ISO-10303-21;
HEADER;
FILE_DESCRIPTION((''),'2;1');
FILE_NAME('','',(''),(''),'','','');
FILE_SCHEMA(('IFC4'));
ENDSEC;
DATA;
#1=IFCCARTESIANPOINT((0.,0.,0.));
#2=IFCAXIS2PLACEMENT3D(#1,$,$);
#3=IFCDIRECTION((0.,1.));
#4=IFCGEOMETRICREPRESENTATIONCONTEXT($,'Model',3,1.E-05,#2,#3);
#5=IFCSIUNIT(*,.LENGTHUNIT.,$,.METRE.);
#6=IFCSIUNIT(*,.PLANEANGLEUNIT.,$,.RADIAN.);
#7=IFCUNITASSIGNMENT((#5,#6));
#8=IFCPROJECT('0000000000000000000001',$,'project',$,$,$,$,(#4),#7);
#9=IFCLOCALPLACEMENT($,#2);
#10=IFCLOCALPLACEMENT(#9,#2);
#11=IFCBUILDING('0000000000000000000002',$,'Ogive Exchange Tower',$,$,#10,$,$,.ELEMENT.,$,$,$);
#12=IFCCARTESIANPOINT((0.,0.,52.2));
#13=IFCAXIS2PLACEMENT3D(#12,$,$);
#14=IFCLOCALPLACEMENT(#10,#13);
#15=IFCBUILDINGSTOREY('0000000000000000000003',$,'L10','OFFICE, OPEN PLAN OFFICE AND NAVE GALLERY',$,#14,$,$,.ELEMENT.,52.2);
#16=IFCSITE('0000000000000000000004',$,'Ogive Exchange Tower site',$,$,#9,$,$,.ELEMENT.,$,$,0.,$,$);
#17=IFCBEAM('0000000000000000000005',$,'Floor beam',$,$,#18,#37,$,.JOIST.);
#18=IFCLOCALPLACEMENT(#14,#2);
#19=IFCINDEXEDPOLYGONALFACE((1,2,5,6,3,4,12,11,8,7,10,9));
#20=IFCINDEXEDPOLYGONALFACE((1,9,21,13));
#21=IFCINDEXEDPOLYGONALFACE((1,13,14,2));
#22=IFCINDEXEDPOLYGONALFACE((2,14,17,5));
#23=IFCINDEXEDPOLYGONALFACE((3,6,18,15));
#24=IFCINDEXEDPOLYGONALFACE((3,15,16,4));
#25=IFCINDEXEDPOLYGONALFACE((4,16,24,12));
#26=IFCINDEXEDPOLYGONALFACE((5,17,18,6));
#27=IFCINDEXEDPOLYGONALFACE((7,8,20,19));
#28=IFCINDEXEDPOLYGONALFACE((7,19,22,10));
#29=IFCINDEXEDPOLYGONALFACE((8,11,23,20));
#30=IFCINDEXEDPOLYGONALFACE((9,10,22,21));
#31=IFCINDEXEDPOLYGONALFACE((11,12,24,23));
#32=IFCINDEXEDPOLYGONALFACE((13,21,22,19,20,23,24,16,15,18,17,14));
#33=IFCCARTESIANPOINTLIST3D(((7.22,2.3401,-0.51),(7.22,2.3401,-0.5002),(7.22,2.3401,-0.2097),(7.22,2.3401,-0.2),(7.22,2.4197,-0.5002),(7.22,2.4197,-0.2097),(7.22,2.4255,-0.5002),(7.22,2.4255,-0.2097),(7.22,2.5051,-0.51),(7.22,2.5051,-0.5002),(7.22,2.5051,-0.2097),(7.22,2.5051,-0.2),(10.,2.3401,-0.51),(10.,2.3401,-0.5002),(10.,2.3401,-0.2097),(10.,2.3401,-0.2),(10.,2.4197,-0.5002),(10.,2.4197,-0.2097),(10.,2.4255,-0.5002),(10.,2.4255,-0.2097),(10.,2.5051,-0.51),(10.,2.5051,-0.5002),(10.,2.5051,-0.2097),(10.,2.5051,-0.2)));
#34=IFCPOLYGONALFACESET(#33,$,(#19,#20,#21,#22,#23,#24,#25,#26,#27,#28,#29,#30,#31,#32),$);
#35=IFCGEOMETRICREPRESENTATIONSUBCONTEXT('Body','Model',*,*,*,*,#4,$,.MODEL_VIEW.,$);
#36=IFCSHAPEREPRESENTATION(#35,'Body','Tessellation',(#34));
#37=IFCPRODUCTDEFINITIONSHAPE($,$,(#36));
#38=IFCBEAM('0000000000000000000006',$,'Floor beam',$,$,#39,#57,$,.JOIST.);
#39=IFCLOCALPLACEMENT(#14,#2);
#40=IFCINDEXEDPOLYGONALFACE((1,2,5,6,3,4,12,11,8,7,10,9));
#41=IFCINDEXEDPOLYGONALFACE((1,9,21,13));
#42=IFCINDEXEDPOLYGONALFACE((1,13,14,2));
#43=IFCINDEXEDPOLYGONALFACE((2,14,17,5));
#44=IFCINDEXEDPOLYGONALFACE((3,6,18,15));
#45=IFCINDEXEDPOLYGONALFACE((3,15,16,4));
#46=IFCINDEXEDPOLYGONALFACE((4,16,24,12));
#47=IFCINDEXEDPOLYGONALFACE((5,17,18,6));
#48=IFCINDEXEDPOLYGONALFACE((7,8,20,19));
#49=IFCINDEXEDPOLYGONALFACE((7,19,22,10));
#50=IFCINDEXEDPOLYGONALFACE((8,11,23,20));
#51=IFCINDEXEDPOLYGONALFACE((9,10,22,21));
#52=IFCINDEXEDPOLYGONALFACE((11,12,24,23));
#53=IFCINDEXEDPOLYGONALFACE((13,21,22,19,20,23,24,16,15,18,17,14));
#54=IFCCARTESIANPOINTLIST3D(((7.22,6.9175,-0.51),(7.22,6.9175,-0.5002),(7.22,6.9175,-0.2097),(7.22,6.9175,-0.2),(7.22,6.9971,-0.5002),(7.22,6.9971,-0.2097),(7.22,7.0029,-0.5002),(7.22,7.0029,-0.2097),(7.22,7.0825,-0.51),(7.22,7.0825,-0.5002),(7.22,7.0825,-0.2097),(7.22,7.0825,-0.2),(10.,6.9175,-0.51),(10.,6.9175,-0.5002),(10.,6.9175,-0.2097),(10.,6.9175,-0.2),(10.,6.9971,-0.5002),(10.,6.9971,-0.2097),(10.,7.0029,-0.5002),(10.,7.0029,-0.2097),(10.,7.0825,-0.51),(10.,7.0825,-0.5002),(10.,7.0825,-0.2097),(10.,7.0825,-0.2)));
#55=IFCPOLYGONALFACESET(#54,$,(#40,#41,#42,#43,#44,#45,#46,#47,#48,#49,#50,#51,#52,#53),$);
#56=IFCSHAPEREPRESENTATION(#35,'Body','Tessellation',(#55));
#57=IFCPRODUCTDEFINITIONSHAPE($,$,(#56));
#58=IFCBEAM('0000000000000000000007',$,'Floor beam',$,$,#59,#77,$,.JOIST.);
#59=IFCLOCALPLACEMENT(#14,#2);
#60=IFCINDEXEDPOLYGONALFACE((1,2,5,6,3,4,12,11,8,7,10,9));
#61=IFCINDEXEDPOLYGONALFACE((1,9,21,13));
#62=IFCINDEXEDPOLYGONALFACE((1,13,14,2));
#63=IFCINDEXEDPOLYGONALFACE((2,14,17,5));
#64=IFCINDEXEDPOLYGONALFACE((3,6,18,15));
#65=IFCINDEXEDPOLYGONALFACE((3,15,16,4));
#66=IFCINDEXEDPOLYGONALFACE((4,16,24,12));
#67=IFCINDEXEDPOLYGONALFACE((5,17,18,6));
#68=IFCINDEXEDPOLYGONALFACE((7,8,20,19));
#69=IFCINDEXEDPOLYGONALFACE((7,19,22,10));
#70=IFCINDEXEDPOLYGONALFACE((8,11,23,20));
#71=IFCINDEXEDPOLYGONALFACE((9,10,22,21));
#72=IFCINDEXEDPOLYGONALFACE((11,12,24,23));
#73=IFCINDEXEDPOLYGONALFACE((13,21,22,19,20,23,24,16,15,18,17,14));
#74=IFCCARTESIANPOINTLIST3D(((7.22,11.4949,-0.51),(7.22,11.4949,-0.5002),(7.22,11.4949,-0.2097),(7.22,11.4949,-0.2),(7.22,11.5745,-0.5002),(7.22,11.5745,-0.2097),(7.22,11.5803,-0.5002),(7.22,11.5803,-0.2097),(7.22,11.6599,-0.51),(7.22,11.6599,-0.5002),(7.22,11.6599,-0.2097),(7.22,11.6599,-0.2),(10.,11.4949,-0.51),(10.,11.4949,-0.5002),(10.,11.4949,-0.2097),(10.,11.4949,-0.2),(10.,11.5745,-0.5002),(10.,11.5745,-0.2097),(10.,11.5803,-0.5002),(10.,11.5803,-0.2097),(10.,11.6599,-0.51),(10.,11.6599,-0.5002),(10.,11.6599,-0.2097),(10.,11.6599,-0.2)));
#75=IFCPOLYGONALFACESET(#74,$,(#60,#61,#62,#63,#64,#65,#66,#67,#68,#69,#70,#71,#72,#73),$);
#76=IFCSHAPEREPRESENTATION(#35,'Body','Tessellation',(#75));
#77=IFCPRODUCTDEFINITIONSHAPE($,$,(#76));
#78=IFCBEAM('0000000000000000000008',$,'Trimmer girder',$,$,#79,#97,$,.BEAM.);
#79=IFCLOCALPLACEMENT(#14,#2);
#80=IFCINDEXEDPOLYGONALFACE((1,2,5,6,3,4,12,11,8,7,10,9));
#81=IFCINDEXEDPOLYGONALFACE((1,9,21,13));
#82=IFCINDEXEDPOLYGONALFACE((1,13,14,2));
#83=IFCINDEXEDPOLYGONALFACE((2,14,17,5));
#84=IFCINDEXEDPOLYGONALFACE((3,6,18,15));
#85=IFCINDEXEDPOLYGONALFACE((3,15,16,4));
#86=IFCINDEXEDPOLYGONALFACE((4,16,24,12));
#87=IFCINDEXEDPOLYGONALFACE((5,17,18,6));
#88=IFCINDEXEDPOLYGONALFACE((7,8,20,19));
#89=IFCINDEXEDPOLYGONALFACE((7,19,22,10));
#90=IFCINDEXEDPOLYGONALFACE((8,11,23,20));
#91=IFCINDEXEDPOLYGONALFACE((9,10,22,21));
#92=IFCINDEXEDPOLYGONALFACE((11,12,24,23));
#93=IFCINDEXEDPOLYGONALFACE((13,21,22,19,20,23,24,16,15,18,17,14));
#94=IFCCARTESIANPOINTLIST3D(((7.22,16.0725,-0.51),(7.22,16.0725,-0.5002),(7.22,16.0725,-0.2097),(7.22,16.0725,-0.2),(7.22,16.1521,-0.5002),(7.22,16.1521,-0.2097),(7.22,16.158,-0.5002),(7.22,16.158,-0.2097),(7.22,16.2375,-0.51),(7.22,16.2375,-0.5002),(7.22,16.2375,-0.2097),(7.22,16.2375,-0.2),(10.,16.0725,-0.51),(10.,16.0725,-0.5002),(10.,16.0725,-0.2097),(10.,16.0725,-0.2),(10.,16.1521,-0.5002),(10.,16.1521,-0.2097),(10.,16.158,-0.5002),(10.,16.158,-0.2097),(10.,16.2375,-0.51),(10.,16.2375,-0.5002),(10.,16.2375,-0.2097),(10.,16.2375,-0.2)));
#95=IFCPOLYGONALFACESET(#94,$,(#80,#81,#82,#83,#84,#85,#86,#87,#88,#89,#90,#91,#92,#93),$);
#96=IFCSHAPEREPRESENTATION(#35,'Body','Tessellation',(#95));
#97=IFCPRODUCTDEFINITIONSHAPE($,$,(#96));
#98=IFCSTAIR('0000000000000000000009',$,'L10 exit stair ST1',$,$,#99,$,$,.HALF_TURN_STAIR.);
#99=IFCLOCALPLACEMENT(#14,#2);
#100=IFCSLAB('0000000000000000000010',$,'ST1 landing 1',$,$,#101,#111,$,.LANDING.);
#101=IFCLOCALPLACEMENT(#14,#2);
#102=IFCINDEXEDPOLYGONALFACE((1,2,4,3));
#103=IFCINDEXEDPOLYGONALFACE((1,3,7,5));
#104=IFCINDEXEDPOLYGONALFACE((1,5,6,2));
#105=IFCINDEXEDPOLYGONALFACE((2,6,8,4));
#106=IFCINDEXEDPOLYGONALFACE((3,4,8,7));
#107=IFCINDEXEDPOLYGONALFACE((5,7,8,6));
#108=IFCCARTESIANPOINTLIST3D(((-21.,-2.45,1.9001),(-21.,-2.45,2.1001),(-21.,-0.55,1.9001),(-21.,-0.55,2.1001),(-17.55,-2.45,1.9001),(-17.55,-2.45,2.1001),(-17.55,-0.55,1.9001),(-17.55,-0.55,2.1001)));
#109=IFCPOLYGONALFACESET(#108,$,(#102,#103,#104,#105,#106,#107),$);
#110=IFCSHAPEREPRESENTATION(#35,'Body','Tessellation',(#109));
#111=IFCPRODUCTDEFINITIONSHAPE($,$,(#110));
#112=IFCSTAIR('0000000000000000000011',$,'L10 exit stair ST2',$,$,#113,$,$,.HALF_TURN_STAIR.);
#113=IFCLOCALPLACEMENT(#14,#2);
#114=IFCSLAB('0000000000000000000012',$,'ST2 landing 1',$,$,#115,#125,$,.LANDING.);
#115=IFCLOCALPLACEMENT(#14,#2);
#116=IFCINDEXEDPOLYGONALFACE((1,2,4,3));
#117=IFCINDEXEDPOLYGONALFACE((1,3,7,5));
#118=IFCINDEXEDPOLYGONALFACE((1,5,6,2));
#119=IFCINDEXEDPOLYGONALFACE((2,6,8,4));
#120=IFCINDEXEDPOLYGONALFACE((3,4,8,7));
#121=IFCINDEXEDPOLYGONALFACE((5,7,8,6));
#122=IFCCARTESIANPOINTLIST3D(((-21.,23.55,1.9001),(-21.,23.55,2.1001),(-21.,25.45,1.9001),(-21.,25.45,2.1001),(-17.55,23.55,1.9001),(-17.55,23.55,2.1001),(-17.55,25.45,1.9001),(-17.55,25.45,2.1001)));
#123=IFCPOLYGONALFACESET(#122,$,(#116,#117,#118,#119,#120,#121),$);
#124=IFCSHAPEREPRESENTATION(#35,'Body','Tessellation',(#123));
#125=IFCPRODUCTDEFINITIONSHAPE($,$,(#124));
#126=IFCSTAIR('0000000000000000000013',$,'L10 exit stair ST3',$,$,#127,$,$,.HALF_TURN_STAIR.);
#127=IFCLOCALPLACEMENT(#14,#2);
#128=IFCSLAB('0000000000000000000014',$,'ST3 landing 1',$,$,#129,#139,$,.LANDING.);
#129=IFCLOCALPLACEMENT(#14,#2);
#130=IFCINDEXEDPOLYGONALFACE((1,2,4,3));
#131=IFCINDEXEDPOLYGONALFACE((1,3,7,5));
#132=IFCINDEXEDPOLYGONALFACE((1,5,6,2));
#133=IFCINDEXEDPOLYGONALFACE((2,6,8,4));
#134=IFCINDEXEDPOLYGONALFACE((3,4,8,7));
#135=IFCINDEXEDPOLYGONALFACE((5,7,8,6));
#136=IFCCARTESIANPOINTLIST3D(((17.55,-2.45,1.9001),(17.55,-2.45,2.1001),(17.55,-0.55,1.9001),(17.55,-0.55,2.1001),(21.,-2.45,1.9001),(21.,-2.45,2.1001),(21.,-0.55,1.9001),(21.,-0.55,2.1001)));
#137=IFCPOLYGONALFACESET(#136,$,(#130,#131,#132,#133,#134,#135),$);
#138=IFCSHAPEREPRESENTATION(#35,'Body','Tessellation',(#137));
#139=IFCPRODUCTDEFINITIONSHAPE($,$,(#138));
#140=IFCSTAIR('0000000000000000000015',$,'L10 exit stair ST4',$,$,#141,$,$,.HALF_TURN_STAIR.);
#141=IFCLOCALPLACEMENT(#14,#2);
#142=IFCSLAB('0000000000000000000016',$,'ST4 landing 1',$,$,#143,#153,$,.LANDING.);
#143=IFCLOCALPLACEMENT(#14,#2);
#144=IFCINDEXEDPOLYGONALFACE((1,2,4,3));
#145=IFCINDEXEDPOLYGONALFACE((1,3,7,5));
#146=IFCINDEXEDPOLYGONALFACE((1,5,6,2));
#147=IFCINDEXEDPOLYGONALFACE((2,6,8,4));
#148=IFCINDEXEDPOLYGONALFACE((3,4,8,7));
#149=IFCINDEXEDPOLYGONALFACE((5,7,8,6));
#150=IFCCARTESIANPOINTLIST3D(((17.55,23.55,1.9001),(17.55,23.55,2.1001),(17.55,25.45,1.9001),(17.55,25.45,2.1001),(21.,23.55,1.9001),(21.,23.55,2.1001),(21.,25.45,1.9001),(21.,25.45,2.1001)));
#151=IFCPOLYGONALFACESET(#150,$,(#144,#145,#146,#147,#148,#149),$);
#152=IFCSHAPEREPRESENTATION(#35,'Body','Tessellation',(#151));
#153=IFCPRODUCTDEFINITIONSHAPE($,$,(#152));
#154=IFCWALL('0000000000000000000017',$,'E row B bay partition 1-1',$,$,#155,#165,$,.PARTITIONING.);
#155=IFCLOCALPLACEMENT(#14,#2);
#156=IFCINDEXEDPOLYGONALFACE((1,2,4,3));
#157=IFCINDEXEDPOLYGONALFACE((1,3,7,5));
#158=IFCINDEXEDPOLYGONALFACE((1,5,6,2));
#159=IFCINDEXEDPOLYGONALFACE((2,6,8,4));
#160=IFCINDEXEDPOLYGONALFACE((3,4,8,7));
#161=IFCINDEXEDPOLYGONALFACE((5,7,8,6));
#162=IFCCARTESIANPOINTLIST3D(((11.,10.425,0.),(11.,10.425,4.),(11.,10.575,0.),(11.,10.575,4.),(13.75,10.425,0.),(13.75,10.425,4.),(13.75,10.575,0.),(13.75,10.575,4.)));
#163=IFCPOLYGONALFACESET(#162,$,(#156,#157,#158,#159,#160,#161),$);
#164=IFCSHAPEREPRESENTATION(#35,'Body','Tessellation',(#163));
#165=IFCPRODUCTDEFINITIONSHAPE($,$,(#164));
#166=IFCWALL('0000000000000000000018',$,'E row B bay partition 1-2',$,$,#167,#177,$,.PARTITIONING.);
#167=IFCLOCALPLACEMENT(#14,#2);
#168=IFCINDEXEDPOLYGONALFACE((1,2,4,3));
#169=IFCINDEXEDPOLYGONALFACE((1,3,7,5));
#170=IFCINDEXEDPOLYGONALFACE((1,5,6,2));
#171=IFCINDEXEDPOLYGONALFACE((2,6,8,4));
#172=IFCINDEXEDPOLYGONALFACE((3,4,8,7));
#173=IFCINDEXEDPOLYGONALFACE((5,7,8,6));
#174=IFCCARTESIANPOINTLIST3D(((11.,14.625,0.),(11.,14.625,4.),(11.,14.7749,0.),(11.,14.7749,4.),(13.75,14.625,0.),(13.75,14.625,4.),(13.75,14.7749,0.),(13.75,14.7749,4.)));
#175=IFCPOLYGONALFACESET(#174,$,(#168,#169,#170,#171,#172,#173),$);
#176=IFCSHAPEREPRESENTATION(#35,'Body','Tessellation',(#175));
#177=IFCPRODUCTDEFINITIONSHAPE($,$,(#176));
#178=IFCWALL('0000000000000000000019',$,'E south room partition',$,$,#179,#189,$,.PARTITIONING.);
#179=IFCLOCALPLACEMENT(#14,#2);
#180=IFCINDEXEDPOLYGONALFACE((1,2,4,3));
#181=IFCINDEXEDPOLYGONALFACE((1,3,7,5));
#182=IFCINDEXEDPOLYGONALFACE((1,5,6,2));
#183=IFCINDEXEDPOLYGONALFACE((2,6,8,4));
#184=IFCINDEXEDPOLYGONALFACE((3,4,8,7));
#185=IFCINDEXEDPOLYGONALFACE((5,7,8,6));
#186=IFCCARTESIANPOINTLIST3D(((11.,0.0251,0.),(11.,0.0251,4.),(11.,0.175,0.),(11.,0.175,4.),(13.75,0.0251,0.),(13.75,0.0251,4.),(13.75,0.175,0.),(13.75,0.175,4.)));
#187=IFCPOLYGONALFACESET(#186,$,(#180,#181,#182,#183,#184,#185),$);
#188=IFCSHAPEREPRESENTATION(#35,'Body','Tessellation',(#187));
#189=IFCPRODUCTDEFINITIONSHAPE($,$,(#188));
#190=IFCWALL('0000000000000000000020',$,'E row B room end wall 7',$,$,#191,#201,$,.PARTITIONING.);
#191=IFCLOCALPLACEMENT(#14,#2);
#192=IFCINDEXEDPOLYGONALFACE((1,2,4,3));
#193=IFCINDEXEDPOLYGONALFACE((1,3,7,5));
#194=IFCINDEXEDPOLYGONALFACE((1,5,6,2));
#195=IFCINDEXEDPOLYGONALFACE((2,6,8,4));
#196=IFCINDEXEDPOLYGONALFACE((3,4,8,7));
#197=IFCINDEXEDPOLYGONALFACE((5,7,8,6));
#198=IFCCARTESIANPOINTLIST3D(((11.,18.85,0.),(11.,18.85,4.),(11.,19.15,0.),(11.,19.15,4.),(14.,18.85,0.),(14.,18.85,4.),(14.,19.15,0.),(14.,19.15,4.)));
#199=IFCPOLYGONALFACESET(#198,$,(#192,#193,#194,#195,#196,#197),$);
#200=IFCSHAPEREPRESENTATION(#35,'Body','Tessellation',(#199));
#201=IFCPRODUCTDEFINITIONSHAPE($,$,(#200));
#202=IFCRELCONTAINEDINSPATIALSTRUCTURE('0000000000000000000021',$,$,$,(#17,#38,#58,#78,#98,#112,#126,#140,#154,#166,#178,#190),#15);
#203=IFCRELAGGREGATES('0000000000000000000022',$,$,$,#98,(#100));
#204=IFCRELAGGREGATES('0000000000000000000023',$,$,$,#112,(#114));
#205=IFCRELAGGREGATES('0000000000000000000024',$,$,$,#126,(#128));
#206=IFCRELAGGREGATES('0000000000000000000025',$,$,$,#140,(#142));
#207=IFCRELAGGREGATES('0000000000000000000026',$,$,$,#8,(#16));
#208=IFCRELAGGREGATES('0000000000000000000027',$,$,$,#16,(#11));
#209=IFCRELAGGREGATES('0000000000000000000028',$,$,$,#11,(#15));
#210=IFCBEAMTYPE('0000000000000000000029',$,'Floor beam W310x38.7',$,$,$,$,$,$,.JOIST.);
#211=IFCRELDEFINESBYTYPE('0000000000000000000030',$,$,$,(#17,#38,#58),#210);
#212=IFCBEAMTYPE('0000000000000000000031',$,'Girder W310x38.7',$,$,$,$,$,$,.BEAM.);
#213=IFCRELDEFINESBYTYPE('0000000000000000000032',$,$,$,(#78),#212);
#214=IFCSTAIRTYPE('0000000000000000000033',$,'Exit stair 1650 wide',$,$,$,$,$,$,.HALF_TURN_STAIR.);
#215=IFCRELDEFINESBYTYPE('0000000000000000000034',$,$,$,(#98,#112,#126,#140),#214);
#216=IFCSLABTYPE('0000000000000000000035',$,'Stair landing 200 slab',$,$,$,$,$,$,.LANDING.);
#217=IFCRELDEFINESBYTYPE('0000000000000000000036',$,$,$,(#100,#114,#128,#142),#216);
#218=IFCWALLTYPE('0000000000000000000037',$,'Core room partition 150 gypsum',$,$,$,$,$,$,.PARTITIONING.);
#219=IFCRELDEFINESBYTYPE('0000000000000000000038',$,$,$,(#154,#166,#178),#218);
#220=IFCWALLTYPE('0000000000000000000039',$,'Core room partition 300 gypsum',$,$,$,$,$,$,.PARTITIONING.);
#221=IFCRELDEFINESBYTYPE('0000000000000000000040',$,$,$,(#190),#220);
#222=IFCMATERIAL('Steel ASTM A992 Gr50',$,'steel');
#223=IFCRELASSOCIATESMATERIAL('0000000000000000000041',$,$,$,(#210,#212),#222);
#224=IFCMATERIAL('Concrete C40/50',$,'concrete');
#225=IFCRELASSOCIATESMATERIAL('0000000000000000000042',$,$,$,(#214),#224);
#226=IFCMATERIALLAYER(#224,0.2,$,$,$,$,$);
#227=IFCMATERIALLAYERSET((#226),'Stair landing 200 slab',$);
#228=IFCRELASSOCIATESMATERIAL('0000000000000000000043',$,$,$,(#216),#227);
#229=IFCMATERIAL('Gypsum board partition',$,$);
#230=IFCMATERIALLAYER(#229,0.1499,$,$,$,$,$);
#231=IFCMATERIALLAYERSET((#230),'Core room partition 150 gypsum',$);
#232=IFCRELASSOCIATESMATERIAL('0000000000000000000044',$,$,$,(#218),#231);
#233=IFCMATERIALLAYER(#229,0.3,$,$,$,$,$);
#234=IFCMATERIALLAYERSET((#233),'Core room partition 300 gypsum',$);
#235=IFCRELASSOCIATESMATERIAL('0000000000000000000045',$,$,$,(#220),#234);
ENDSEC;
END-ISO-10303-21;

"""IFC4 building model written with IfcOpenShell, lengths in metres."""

from ifc_helpers import new_model, si_unit, direction, frame, frame_2d, origin, origin_2d, place, context, subcontext, project, spatial, polyline, rectangle, i_section, outline, extrude, material, layer, layer_set, material_profile, profile_set, type_object, element, aggregate, save


model = new_model("IFC4")

# Units and contexts
model_context = context("Model", 3, precision=1e-05, world=origin(), true_north=direction((0.0, 1.0)))
body_context = subcontext(model_context, "Body", "Model", "MODEL_VIEW")
ifc_project = project(units=[si_unit("LENGTHUNIT", "METRE"), si_unit("PLANEANGLEUNIT", "RADIAN")], contexts=[model_context])

# Site, building, storey
site_placement = place(None, origin())
site = spatial("IfcSite", under=ifc_project, at=site_placement, Name="Ogive Exchange Tower site", CompositionType="ELEMENT", RefElevation=0.0)
building_placement = place(site_placement, origin())
building = spatial("IfcBuilding", under=site, at=building_placement, Name="Ogive Exchange Tower", CompositionType="ELEMENT")
storey_placement = place(building_placement, frame((0.0, 0.0, 52.2)))
storey = spatial("IfcBuildingStorey", under=building, at=storey_placement, Name="L10", Description="OFFICE, OPEN PLAN OFFICE AND NAVE GALLERY", CompositionType="ELEMENT", Elevation=52.2)

# Beams
ifc_material_1 = material(Name="Steel ASTM A992 Gr50", Category="steel")
ifc_material_profile_1 = material_profile(ifc_material_1, i_section(OverallWidth=0.165, OverallDepth=0.3101, WebThickness=0.0059, FlangeThickness=0.0098, at=origin_2d()), Name="W310x38.7")
ifc_profile_set_1 = profile_set([ifc_material_profile_1], Name="Steel ASTM A992 Gr50")
beam_type_1 = type_object("IfcBeamType", Name="Floor beam W310x38.7", PredefinedType="JOIST", material=ifc_profile_set_1)
for number, where, z_axis, x_axis, name in (
    (1, (7.22, 2.4226, -0.355), (1.0, 0.0, 0.0), (0.0, 1.0, 0.0), "Floor beam"),
    (2, (7.22, 7.0, -0.355), (1.0, 0.0, 0.0), (0.0, 1.0, 0.0), "Floor beam"),
    (3, (7.22, 11.5774, -0.355), (1.0, 0.0, 0.0), (0.0, 1.0, 0.0), "Floor beam"),
):
    element("IfcBeam", number, at=place(storey_placement, frame(where, z_axis=z_axis, x_axis=x_axis)), inside=storey, type_object=beam_type_1, Name=name, PredefinedType="JOIST", context=body_context, shape_type="SweptSolid", body=[
        extrude(i_section(OverallWidth=0.165, OverallDepth=0.3101, WebThickness=0.0059, FlangeThickness=0.0098, at=origin_2d()), origin(), (0.0, 0.0, 1.0), 2.78),
    ])
ifc_material_profile_2 = material_profile(ifc_material_1, i_section(OverallWidth=0.165, OverallDepth=0.3101, WebThickness=0.0059, FlangeThickness=0.0098, at=origin_2d()), Name="W310x38.7")
ifc_profile_set_2 = profile_set([ifc_material_profile_2], Name="Steel ASTM A992 Gr50")
beam_type_2 = type_object("IfcBeamType", Name="Girder W310x38.7", PredefinedType="BEAM", material=ifc_profile_set_2)
beam_placement = place(storey_placement, frame((7.22, 16.155, -0.355), z_axis=(1.0, 0.0, 0.0), x_axis=(0.0, 1.0, 0.0)))
element("IfcBeam", 4, at=beam_placement, inside=storey, type_object=beam_type_2, Name="Trimmer girder", PredefinedType="BEAM", context=body_context, shape_type="SweptSolid", body=[
    extrude(i_section(OverallWidth=0.165, OverallDepth=0.3101, WebThickness=0.0059, FlangeThickness=0.0098, at=origin_2d()), origin(), (0.0, 0.0, 1.0), 2.78),
])

# Stairs, slabs
ifc_material_2 = material(Name="Concrete C40/50", Category="concrete")
stair_type = type_object("IfcStairType", Name="Exit stair 1650 wide", PredefinedType="HALF_TURN_STAIR", material=ifc_material_2)
stair_1_placement = place(storey_placement, origin())
stair_1 = element("IfcStair", 5, at=stair_1_placement, inside=storey, type_object=stair_type, Name="L10 exit stair ST1", PredefinedType="HALF_TURN_STAIR")
ifc_layer_1 = layer(ifc_material_2, 0.2)
ifc_layer_set_1 = layer_set([ifc_layer_1], Name="Stair landing 200 slab")
slab_type = type_object("IfcSlabType", Name="Stair landing 200 slab", PredefinedType="LANDING", material=ifc_layer_set_1)
slab_1_placement = place(storey_placement, frame((0.0, 0.0, 1.9001)))
slab_1 = element("IfcSlab", 6, at=slab_1_placement, type_object=slab_type, Name="ST1 landing 1", PredefinedType="LANDING", context=body_context, shape_type="SweptSolid", body=[
    extrude(outline(polyline([(-21.0, -0.55), (-21.0, -2.45), (-17.55, -2.45), (-17.55, -0.55), (-21.0, -0.55)])), origin(), (0.0, 0.0, 1.0), 0.2),
])
aggregate(stair_1, [slab_1])
stair_2_placement = place(storey_placement, origin())
stair_2 = element("IfcStair", 7, at=stair_2_placement, inside=storey, type_object=stair_type, Name="L10 exit stair ST2", PredefinedType="HALF_TURN_STAIR")
slab_2_placement = place(storey_placement, frame((0.0, 0.0, 1.9001)))
slab_2 = element("IfcSlab", 8, at=slab_2_placement, type_object=slab_type, Name="ST2 landing 1", PredefinedType="LANDING", context=body_context, shape_type="SweptSolid", body=[
    extrude(outline(polyline([(-17.55, 23.55), (-17.55, 25.45), (-21.0, 25.45), (-21.0, 23.55), (-17.55, 23.55)])), origin(), (0.0, 0.0, 1.0), 0.2),
])
aggregate(stair_2, [slab_2])
stair_3_placement = place(storey_placement, origin())
stair_3 = element("IfcStair", 9, at=stair_3_placement, inside=storey, type_object=stair_type, Name="L10 exit stair ST3", PredefinedType="HALF_TURN_STAIR")
slab_3_placement = place(storey_placement, frame((0.0, 0.0, 1.9001)))
slab_3 = element("IfcSlab", 10, at=slab_3_placement, type_object=slab_type, Name="ST3 landing 1", PredefinedType="LANDING", context=body_context, shape_type="SweptSolid", body=[
    extrude(outline(polyline([(17.55, -0.55), (17.55, -2.45), (21.0, -2.45), (21.0, -0.55), (17.55, -0.55)])), origin(), (0.0, 0.0, 1.0), 0.2),
])
aggregate(stair_3, [slab_3])
stair_4_placement = place(storey_placement, origin())
stair_4 = element("IfcStair", 11, at=stair_4_placement, inside=storey, type_object=stair_type, Name="L10 exit stair ST4", PredefinedType="HALF_TURN_STAIR")
slab_4_placement = place(storey_placement, frame((0.0, 0.0, 1.9001)))
slab_4 = element("IfcSlab", 12, at=slab_4_placement, type_object=slab_type, Name="ST4 landing 1", PredefinedType="LANDING", context=body_context, shape_type="SweptSolid", body=[
    extrude(outline(polyline([(21.0, 23.55), (21.0, 25.45), (17.55, 25.45), (17.55, 23.55), (21.0, 23.55)])), origin(), (0.0, 0.0, 1.0), 0.2),
])
aggregate(stair_4, [slab_4])

# Walls
ifc_material_3 = material(Name="Gypsum board partition")
ifc_layer_2 = layer(ifc_material_3, 0.1499)
ifc_layer_set_2 = layer_set([ifc_layer_2], Name="Core room partition 150 gypsum")
wall_type_1 = type_object("IfcWallType", Name="Core room partition 150 gypsum", PredefinedType="PARTITIONING", material=ifc_layer_set_2)
for number, where, z_axis, x_axis, name in (
    (13, (11.0, 10.5, 0.0), (0.0, 0.0, 1.0), (1.0, 0.0, 0.0), "E row B bay partition 1-1"),
    (14, (11.0, 14.7, 0.0), (0.0, 0.0, 1.0), (1.0, 0.0, 0.0), "E row B bay partition 1-2"),
    (15, (11.0, 0.1001, 0.0), (0.0, 0.0, 1.0), (1.0, 0.0, 0.0), "E south room partition"),
):
    element("IfcWall", number, at=place(storey_placement, frame(where, z_axis=z_axis, x_axis=x_axis)), inside=storey, type_object=wall_type_1, Name=name, PredefinedType="PARTITIONING", context=body_context, shape_type="SweptSolid", body=[
        extrude(rectangle(XDim=2.75, YDim=0.1499, at=frame_2d((1.375, 0.0))), origin(), (0.0, 0.0, 1.0), 4.0),
    ])
ifc_layer_3 = layer(ifc_material_3, 0.3)
ifc_layer_set_3 = layer_set([ifc_layer_3], Name="Core room partition 300 gypsum")
wall_type_2 = type_object("IfcWallType", Name="Core room partition 300 gypsum", PredefinedType="PARTITIONING", material=ifc_layer_set_3)
wall_1_placement = place(storey_placement, frame((11.0, 19.0, 0.0), z_axis=(0.0, 0.0, 1.0), x_axis=(1.0, 0.0, 0.0)))
element("IfcWall", 16, at=wall_1_placement, inside=storey, type_object=wall_type_2, Name="E row B room end wall 7", PredefinedType="PARTITIONING", context=body_context, shape_type="SweptSolid", body=[
    extrude(rectangle(XDim=3.0, YDim=0.3, at=frame_2d((1.5, 0.0))), origin(), (0.0, 0.0, 1.0), 4.0),
])

save(model, "model.ifc")
